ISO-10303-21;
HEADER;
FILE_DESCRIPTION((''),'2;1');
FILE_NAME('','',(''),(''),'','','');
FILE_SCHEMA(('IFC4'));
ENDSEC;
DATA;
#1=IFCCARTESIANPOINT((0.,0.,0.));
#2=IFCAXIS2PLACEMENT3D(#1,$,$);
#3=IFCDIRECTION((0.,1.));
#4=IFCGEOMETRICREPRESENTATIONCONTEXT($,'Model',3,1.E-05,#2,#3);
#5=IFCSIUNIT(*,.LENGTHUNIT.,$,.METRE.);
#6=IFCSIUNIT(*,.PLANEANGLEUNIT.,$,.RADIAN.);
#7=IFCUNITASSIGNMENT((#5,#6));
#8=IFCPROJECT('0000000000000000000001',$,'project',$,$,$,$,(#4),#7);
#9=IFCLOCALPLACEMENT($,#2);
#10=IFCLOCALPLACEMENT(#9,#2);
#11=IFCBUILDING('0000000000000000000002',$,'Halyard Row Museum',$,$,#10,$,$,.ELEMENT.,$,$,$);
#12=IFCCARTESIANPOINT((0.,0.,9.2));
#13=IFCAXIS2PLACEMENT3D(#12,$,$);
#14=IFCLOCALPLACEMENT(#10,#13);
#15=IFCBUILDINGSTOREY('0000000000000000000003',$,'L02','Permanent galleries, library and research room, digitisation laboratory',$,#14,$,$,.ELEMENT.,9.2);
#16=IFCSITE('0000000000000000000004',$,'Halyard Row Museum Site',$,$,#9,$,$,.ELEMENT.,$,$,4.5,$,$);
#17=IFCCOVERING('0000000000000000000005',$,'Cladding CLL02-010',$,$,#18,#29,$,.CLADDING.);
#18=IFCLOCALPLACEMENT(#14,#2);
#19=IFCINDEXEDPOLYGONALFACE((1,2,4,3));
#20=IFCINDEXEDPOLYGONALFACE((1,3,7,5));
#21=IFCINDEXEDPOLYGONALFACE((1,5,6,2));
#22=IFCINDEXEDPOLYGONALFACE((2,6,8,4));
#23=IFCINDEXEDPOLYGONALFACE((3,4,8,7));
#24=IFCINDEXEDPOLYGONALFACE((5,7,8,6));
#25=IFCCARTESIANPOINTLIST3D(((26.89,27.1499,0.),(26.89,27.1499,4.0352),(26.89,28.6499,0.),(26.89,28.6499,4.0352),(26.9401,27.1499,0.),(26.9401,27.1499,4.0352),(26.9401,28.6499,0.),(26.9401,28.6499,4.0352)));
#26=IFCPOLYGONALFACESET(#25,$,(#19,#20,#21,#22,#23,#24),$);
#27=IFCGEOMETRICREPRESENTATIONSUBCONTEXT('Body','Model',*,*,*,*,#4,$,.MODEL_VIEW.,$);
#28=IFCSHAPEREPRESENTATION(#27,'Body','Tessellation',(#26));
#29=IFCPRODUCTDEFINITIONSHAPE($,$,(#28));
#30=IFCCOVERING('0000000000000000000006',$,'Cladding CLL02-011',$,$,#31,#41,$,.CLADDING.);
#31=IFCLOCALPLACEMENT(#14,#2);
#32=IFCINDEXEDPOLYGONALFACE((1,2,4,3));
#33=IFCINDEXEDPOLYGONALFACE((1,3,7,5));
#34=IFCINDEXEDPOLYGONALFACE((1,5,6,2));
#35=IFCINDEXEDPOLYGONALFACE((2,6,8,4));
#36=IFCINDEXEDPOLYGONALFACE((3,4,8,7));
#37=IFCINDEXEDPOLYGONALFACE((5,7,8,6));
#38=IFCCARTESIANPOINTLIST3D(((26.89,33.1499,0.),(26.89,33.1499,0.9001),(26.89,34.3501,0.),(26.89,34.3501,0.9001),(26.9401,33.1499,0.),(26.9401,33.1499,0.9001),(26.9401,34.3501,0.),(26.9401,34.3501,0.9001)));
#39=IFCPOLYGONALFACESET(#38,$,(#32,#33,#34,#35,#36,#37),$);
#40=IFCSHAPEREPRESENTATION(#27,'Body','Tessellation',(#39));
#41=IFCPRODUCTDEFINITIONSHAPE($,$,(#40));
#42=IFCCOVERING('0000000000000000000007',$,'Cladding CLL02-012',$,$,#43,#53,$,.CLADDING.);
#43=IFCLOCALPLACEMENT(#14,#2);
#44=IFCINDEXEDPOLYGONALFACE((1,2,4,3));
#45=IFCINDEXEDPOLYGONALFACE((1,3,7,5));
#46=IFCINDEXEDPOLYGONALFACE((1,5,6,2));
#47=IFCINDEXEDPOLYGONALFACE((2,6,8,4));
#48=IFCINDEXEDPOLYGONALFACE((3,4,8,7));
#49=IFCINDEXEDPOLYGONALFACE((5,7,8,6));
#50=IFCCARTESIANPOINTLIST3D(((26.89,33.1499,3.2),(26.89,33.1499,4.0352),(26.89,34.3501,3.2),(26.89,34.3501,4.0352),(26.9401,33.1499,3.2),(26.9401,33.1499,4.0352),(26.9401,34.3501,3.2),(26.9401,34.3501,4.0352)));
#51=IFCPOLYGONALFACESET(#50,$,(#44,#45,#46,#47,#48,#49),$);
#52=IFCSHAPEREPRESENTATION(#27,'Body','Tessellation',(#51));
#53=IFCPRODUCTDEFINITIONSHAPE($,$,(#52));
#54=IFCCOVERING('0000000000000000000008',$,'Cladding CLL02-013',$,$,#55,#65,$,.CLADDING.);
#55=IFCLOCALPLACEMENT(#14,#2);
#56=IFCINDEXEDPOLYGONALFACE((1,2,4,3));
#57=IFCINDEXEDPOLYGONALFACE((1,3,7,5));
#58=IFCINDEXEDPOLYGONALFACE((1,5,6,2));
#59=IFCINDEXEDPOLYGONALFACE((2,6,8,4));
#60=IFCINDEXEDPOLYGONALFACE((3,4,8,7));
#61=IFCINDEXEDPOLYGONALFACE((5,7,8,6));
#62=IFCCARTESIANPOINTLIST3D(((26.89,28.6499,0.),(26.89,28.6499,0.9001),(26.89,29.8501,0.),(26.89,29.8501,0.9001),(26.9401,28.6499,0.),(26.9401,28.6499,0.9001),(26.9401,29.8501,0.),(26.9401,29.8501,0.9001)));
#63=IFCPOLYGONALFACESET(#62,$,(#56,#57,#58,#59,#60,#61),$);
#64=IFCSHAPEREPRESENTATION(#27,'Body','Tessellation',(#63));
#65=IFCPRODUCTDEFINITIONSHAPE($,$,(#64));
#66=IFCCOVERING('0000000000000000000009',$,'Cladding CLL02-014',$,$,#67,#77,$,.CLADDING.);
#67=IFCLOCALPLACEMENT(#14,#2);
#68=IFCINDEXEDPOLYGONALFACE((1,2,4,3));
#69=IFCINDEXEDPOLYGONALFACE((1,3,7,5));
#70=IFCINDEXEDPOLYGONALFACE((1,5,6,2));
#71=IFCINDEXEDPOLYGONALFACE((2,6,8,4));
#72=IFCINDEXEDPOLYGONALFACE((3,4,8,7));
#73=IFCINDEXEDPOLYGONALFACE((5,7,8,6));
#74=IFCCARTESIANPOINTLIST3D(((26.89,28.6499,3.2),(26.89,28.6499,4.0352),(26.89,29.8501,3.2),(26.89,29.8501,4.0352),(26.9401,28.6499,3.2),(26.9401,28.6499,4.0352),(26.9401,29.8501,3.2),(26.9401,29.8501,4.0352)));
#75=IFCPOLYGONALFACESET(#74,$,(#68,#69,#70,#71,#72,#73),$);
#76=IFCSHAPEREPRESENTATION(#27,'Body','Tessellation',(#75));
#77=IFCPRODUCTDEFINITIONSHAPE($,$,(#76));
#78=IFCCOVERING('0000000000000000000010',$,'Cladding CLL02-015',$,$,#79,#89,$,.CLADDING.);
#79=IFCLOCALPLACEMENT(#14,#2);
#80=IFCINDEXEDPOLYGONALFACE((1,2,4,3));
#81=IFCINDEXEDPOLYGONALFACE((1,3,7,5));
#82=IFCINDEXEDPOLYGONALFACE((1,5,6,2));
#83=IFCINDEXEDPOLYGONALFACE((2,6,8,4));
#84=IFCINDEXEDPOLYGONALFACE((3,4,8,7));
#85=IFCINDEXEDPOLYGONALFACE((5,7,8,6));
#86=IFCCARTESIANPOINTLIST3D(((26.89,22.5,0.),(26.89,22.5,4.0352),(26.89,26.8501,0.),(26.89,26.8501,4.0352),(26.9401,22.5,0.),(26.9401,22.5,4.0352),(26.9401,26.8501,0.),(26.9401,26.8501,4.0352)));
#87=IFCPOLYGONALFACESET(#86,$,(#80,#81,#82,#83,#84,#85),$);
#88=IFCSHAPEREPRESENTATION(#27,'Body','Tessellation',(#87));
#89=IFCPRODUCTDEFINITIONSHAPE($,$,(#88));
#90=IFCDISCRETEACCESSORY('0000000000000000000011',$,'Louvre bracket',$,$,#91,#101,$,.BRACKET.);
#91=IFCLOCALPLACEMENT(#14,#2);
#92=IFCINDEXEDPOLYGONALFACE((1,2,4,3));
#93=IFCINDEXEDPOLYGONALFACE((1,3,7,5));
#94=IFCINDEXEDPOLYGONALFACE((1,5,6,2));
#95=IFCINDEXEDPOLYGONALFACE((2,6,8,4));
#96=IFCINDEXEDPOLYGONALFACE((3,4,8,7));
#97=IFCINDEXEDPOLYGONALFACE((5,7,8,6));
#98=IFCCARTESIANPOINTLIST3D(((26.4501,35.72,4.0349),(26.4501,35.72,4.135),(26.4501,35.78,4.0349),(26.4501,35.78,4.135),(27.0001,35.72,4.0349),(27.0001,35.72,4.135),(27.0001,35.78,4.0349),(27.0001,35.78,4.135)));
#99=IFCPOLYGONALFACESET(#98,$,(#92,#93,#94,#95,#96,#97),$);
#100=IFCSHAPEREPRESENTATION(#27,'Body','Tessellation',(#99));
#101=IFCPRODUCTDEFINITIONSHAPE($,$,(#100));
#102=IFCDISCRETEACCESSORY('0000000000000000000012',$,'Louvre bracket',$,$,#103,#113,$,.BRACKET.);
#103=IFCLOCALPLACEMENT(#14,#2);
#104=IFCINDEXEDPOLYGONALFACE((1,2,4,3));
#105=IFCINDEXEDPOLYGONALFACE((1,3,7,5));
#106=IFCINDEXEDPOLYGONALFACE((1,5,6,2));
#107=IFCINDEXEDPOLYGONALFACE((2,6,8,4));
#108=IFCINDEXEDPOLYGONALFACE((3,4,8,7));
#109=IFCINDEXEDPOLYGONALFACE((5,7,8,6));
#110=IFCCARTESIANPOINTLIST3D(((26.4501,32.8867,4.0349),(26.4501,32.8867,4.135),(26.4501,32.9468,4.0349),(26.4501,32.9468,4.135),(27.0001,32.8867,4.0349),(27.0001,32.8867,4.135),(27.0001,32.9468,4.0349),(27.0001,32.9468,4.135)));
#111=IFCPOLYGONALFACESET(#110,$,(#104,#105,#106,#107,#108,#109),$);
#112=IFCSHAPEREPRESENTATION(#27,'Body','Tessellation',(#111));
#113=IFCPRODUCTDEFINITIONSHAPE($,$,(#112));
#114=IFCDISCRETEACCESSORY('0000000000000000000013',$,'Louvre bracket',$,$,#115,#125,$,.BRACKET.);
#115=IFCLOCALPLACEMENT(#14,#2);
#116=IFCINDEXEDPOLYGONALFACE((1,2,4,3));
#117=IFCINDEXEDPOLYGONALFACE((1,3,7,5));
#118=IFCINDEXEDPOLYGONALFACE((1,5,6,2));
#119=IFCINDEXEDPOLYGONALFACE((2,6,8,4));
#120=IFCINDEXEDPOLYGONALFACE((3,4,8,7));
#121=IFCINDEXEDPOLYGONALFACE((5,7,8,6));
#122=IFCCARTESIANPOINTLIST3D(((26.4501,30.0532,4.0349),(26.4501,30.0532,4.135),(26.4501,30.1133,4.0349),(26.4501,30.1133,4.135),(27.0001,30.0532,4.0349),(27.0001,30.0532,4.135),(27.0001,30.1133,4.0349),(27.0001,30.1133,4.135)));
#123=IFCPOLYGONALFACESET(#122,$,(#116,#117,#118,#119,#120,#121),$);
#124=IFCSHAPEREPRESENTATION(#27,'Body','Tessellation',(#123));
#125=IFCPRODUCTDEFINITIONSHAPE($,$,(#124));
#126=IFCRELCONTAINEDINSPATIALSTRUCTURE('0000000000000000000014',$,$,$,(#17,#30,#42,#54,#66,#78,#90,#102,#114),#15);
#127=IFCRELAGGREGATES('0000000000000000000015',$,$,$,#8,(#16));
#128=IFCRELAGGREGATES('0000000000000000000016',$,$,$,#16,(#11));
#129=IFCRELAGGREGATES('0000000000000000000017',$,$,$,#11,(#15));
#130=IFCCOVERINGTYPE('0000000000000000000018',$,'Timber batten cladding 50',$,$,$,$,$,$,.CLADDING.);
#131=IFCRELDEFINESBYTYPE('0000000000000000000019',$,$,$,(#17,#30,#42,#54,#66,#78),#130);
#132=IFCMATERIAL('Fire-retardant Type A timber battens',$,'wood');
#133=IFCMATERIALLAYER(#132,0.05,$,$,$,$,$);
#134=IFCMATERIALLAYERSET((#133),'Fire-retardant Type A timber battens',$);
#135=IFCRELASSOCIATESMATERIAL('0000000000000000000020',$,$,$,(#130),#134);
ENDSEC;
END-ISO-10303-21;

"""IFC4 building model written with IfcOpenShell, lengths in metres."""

from ifc_helpers import new_model, si_unit, direction, frame, frame_2d, origin, origin_2d, place, context, subcontext, project, spatial, rectangle, extrude, material, layer, layer_set, type_object, element, save


model = new_model("IFC4")

# Units and contexts
model_context = context("Model", 3, precision=1e-05, world=origin(), true_north=direction((0.0, 1.0)))
body_context = subcontext(model_context, "Body", "Model", "MODEL_VIEW")
ifc_project = project(units=[si_unit("LENGTHUNIT", "METRE"), si_unit("PLANEANGLEUNIT", "RADIAN")], contexts=[model_context])

# Site, building, storey
site_placement = place(None, origin())
site = spatial("IfcSite", under=ifc_project, at=site_placement, Name="Halyard Row Museum Site", CompositionType="ELEMENT", RefElevation=4.5)
building_placement = place(site_placement, origin())
building = spatial("IfcBuilding", under=site, at=building_placement, Name="Halyard Row Museum", CompositionType="ELEMENT")
storey_placement = place(building_placement, frame((0.0, 0.0, 9.2)))
storey = spatial("IfcBuildingStorey", under=building, at=storey_placement, Name="L02", Description="Permanent galleries, library and research room, digitisation laboratory", CompositionType="ELEMENT", Elevation=9.2)

# Coverings
ifc_material_1 = material(Name="Fire-retardant Type A timber battens", Category="wood")
ifc_layer_1 = layer(ifc_material_1, 0.05)
ifc_layer_set_1 = layer_set([ifc_layer_1], Name="Fire-retardant Type A timber battens")
covering_type = type_object("IfcCoveringType", Name="Timber batten cladding 50", PredefinedType="CLADDING", material=ifc_layer_set_1)
covering_1_placement = place(storey_placement, frame((26.915, 28.6499, 0.0), z_axis=(0.0, 0.0, 1.0), x_axis=(0.0, -1.0, 0.0)))
element("IfcCovering", 1, at=covering_1_placement, inside=storey, type_object=covering_type, Name="Cladding CLL02-010", PredefinedType="CLADDING", context=body_context, shape_type="SweptSolid", body=[
    extrude(rectangle(XDim=1.5, YDim=0.05, at=frame_2d((0.75, 0.0))), origin(), (0.0, 0.0, 1.0), 4.0352),
])
covering_2_placement = place(storey_placement, frame((26.915, 34.3501, 0.0), z_axis=(0.0, 0.0, 1.0), x_axis=(0.0, -1.0, 0.0)))
element("IfcCovering", 2, at=covering_2_placement, inside=storey, type_object=covering_type, Name="Cladding CLL02-011", PredefinedType="CLADDING", context=body_context, shape_type="SweptSolid", body=[
    extrude(rectangle(XDim=1.2002, YDim=0.05, at=frame_2d((0.6001, 0.0))), origin(), (0.0, 0.0, 1.0), 0.9001),
])
covering_3_placement = place(storey_placement, frame((26.915, 34.3501, 3.2), z_axis=(0.0, 0.0, 1.0), x_axis=(0.0, -1.0, 0.0)))
element("IfcCovering", 3, at=covering_3_placement, inside=storey, type_object=covering_type, Name="Cladding CLL02-012", PredefinedType="CLADDING", context=body_context, shape_type="SweptSolid", body=[
    extrude(rectangle(XDim=1.2002, YDim=0.05, at=frame_2d((0.6001, 0.0))), origin(), (0.0, 0.0, 1.0), 0.8352),
])
covering_4_placement = place(storey_placement, frame((26.915, 29.8501, 0.0), z_axis=(0.0, 0.0, 1.0), x_axis=(0.0, -1.0, 0.0)))
element("IfcCovering", 4, at=covering_4_placement, inside=storey, type_object=covering_type, Name="Cladding CLL02-013", PredefinedType="CLADDING", context=body_context, shape_type="SweptSolid", body=[
    extrude(rectangle(XDim=1.2002, YDim=0.05, at=frame_2d((0.6001, 0.0))), origin(), (0.0, 0.0, 1.0), 0.9001),
])
covering_5_placement = place(storey_placement, frame((26.915, 29.8501, 3.2), z_axis=(0.0, 0.0, 1.0), x_axis=(0.0, -1.0, 0.0)))
element("IfcCovering", 5, at=covering_5_placement, inside=storey, type_object=covering_type, Name="Cladding CLL02-014", PredefinedType="CLADDING", context=body_context, shape_type="SweptSolid", body=[
    extrude(rectangle(XDim=1.2002, YDim=0.05, at=frame_2d((0.6001, 0.0))), origin(), (0.0, 0.0, 1.0), 0.8352),
])
covering_6_placement = place(storey_placement, frame((26.915, 26.8501, 0.0), z_axis=(0.0, 0.0, 1.0), x_axis=(0.0, -1.0, 0.0)))
element("IfcCovering", 6, at=covering_6_placement, inside=storey, type_object=covering_type, Name="Cladding CLL02-015", PredefinedType="CLADDING", context=body_context, shape_type="SweptSolid", body=[
    extrude(rectangle(XDim=4.3501, YDim=0.05, at=frame_2d((2.175, 0.0))), origin(), (0.0, 0.0, 1.0), 4.0352),
])

# Discrete accessories
for number, where, z_axis, x_axis, name in (
    (7, (26.7251, 35.75, 4.0349), (0.0, 0.0, 1.0), (1.0, 0.0, 0.0), "Louvre bracket"),
    (8, (26.7251, 32.9167, 4.0349), (0.0, 0.0, 1.0), (1.0, 0.0, 0.0), "Louvre bracket"),
    (9, (26.7251, 30.0833, 4.0349), (0.0, 0.0, 1.0), (1.0, 0.0, 0.0), "Louvre bracket"),
):
    element("IfcDiscreteAccessory", number, at=place(storey_placement, frame(where, z_axis=z_axis, x_axis=x_axis)), inside=storey, Name=name, PredefinedType="BRACKET", context=body_context, shape_type="SweptSolid", body=[
        extrude(rectangle(XDim=0.55, YDim=0.0601, at=origin_2d()), origin(), (0.0, 0.0, 1.0), 0.1001),
    ])

save(model, "model.ifc")
